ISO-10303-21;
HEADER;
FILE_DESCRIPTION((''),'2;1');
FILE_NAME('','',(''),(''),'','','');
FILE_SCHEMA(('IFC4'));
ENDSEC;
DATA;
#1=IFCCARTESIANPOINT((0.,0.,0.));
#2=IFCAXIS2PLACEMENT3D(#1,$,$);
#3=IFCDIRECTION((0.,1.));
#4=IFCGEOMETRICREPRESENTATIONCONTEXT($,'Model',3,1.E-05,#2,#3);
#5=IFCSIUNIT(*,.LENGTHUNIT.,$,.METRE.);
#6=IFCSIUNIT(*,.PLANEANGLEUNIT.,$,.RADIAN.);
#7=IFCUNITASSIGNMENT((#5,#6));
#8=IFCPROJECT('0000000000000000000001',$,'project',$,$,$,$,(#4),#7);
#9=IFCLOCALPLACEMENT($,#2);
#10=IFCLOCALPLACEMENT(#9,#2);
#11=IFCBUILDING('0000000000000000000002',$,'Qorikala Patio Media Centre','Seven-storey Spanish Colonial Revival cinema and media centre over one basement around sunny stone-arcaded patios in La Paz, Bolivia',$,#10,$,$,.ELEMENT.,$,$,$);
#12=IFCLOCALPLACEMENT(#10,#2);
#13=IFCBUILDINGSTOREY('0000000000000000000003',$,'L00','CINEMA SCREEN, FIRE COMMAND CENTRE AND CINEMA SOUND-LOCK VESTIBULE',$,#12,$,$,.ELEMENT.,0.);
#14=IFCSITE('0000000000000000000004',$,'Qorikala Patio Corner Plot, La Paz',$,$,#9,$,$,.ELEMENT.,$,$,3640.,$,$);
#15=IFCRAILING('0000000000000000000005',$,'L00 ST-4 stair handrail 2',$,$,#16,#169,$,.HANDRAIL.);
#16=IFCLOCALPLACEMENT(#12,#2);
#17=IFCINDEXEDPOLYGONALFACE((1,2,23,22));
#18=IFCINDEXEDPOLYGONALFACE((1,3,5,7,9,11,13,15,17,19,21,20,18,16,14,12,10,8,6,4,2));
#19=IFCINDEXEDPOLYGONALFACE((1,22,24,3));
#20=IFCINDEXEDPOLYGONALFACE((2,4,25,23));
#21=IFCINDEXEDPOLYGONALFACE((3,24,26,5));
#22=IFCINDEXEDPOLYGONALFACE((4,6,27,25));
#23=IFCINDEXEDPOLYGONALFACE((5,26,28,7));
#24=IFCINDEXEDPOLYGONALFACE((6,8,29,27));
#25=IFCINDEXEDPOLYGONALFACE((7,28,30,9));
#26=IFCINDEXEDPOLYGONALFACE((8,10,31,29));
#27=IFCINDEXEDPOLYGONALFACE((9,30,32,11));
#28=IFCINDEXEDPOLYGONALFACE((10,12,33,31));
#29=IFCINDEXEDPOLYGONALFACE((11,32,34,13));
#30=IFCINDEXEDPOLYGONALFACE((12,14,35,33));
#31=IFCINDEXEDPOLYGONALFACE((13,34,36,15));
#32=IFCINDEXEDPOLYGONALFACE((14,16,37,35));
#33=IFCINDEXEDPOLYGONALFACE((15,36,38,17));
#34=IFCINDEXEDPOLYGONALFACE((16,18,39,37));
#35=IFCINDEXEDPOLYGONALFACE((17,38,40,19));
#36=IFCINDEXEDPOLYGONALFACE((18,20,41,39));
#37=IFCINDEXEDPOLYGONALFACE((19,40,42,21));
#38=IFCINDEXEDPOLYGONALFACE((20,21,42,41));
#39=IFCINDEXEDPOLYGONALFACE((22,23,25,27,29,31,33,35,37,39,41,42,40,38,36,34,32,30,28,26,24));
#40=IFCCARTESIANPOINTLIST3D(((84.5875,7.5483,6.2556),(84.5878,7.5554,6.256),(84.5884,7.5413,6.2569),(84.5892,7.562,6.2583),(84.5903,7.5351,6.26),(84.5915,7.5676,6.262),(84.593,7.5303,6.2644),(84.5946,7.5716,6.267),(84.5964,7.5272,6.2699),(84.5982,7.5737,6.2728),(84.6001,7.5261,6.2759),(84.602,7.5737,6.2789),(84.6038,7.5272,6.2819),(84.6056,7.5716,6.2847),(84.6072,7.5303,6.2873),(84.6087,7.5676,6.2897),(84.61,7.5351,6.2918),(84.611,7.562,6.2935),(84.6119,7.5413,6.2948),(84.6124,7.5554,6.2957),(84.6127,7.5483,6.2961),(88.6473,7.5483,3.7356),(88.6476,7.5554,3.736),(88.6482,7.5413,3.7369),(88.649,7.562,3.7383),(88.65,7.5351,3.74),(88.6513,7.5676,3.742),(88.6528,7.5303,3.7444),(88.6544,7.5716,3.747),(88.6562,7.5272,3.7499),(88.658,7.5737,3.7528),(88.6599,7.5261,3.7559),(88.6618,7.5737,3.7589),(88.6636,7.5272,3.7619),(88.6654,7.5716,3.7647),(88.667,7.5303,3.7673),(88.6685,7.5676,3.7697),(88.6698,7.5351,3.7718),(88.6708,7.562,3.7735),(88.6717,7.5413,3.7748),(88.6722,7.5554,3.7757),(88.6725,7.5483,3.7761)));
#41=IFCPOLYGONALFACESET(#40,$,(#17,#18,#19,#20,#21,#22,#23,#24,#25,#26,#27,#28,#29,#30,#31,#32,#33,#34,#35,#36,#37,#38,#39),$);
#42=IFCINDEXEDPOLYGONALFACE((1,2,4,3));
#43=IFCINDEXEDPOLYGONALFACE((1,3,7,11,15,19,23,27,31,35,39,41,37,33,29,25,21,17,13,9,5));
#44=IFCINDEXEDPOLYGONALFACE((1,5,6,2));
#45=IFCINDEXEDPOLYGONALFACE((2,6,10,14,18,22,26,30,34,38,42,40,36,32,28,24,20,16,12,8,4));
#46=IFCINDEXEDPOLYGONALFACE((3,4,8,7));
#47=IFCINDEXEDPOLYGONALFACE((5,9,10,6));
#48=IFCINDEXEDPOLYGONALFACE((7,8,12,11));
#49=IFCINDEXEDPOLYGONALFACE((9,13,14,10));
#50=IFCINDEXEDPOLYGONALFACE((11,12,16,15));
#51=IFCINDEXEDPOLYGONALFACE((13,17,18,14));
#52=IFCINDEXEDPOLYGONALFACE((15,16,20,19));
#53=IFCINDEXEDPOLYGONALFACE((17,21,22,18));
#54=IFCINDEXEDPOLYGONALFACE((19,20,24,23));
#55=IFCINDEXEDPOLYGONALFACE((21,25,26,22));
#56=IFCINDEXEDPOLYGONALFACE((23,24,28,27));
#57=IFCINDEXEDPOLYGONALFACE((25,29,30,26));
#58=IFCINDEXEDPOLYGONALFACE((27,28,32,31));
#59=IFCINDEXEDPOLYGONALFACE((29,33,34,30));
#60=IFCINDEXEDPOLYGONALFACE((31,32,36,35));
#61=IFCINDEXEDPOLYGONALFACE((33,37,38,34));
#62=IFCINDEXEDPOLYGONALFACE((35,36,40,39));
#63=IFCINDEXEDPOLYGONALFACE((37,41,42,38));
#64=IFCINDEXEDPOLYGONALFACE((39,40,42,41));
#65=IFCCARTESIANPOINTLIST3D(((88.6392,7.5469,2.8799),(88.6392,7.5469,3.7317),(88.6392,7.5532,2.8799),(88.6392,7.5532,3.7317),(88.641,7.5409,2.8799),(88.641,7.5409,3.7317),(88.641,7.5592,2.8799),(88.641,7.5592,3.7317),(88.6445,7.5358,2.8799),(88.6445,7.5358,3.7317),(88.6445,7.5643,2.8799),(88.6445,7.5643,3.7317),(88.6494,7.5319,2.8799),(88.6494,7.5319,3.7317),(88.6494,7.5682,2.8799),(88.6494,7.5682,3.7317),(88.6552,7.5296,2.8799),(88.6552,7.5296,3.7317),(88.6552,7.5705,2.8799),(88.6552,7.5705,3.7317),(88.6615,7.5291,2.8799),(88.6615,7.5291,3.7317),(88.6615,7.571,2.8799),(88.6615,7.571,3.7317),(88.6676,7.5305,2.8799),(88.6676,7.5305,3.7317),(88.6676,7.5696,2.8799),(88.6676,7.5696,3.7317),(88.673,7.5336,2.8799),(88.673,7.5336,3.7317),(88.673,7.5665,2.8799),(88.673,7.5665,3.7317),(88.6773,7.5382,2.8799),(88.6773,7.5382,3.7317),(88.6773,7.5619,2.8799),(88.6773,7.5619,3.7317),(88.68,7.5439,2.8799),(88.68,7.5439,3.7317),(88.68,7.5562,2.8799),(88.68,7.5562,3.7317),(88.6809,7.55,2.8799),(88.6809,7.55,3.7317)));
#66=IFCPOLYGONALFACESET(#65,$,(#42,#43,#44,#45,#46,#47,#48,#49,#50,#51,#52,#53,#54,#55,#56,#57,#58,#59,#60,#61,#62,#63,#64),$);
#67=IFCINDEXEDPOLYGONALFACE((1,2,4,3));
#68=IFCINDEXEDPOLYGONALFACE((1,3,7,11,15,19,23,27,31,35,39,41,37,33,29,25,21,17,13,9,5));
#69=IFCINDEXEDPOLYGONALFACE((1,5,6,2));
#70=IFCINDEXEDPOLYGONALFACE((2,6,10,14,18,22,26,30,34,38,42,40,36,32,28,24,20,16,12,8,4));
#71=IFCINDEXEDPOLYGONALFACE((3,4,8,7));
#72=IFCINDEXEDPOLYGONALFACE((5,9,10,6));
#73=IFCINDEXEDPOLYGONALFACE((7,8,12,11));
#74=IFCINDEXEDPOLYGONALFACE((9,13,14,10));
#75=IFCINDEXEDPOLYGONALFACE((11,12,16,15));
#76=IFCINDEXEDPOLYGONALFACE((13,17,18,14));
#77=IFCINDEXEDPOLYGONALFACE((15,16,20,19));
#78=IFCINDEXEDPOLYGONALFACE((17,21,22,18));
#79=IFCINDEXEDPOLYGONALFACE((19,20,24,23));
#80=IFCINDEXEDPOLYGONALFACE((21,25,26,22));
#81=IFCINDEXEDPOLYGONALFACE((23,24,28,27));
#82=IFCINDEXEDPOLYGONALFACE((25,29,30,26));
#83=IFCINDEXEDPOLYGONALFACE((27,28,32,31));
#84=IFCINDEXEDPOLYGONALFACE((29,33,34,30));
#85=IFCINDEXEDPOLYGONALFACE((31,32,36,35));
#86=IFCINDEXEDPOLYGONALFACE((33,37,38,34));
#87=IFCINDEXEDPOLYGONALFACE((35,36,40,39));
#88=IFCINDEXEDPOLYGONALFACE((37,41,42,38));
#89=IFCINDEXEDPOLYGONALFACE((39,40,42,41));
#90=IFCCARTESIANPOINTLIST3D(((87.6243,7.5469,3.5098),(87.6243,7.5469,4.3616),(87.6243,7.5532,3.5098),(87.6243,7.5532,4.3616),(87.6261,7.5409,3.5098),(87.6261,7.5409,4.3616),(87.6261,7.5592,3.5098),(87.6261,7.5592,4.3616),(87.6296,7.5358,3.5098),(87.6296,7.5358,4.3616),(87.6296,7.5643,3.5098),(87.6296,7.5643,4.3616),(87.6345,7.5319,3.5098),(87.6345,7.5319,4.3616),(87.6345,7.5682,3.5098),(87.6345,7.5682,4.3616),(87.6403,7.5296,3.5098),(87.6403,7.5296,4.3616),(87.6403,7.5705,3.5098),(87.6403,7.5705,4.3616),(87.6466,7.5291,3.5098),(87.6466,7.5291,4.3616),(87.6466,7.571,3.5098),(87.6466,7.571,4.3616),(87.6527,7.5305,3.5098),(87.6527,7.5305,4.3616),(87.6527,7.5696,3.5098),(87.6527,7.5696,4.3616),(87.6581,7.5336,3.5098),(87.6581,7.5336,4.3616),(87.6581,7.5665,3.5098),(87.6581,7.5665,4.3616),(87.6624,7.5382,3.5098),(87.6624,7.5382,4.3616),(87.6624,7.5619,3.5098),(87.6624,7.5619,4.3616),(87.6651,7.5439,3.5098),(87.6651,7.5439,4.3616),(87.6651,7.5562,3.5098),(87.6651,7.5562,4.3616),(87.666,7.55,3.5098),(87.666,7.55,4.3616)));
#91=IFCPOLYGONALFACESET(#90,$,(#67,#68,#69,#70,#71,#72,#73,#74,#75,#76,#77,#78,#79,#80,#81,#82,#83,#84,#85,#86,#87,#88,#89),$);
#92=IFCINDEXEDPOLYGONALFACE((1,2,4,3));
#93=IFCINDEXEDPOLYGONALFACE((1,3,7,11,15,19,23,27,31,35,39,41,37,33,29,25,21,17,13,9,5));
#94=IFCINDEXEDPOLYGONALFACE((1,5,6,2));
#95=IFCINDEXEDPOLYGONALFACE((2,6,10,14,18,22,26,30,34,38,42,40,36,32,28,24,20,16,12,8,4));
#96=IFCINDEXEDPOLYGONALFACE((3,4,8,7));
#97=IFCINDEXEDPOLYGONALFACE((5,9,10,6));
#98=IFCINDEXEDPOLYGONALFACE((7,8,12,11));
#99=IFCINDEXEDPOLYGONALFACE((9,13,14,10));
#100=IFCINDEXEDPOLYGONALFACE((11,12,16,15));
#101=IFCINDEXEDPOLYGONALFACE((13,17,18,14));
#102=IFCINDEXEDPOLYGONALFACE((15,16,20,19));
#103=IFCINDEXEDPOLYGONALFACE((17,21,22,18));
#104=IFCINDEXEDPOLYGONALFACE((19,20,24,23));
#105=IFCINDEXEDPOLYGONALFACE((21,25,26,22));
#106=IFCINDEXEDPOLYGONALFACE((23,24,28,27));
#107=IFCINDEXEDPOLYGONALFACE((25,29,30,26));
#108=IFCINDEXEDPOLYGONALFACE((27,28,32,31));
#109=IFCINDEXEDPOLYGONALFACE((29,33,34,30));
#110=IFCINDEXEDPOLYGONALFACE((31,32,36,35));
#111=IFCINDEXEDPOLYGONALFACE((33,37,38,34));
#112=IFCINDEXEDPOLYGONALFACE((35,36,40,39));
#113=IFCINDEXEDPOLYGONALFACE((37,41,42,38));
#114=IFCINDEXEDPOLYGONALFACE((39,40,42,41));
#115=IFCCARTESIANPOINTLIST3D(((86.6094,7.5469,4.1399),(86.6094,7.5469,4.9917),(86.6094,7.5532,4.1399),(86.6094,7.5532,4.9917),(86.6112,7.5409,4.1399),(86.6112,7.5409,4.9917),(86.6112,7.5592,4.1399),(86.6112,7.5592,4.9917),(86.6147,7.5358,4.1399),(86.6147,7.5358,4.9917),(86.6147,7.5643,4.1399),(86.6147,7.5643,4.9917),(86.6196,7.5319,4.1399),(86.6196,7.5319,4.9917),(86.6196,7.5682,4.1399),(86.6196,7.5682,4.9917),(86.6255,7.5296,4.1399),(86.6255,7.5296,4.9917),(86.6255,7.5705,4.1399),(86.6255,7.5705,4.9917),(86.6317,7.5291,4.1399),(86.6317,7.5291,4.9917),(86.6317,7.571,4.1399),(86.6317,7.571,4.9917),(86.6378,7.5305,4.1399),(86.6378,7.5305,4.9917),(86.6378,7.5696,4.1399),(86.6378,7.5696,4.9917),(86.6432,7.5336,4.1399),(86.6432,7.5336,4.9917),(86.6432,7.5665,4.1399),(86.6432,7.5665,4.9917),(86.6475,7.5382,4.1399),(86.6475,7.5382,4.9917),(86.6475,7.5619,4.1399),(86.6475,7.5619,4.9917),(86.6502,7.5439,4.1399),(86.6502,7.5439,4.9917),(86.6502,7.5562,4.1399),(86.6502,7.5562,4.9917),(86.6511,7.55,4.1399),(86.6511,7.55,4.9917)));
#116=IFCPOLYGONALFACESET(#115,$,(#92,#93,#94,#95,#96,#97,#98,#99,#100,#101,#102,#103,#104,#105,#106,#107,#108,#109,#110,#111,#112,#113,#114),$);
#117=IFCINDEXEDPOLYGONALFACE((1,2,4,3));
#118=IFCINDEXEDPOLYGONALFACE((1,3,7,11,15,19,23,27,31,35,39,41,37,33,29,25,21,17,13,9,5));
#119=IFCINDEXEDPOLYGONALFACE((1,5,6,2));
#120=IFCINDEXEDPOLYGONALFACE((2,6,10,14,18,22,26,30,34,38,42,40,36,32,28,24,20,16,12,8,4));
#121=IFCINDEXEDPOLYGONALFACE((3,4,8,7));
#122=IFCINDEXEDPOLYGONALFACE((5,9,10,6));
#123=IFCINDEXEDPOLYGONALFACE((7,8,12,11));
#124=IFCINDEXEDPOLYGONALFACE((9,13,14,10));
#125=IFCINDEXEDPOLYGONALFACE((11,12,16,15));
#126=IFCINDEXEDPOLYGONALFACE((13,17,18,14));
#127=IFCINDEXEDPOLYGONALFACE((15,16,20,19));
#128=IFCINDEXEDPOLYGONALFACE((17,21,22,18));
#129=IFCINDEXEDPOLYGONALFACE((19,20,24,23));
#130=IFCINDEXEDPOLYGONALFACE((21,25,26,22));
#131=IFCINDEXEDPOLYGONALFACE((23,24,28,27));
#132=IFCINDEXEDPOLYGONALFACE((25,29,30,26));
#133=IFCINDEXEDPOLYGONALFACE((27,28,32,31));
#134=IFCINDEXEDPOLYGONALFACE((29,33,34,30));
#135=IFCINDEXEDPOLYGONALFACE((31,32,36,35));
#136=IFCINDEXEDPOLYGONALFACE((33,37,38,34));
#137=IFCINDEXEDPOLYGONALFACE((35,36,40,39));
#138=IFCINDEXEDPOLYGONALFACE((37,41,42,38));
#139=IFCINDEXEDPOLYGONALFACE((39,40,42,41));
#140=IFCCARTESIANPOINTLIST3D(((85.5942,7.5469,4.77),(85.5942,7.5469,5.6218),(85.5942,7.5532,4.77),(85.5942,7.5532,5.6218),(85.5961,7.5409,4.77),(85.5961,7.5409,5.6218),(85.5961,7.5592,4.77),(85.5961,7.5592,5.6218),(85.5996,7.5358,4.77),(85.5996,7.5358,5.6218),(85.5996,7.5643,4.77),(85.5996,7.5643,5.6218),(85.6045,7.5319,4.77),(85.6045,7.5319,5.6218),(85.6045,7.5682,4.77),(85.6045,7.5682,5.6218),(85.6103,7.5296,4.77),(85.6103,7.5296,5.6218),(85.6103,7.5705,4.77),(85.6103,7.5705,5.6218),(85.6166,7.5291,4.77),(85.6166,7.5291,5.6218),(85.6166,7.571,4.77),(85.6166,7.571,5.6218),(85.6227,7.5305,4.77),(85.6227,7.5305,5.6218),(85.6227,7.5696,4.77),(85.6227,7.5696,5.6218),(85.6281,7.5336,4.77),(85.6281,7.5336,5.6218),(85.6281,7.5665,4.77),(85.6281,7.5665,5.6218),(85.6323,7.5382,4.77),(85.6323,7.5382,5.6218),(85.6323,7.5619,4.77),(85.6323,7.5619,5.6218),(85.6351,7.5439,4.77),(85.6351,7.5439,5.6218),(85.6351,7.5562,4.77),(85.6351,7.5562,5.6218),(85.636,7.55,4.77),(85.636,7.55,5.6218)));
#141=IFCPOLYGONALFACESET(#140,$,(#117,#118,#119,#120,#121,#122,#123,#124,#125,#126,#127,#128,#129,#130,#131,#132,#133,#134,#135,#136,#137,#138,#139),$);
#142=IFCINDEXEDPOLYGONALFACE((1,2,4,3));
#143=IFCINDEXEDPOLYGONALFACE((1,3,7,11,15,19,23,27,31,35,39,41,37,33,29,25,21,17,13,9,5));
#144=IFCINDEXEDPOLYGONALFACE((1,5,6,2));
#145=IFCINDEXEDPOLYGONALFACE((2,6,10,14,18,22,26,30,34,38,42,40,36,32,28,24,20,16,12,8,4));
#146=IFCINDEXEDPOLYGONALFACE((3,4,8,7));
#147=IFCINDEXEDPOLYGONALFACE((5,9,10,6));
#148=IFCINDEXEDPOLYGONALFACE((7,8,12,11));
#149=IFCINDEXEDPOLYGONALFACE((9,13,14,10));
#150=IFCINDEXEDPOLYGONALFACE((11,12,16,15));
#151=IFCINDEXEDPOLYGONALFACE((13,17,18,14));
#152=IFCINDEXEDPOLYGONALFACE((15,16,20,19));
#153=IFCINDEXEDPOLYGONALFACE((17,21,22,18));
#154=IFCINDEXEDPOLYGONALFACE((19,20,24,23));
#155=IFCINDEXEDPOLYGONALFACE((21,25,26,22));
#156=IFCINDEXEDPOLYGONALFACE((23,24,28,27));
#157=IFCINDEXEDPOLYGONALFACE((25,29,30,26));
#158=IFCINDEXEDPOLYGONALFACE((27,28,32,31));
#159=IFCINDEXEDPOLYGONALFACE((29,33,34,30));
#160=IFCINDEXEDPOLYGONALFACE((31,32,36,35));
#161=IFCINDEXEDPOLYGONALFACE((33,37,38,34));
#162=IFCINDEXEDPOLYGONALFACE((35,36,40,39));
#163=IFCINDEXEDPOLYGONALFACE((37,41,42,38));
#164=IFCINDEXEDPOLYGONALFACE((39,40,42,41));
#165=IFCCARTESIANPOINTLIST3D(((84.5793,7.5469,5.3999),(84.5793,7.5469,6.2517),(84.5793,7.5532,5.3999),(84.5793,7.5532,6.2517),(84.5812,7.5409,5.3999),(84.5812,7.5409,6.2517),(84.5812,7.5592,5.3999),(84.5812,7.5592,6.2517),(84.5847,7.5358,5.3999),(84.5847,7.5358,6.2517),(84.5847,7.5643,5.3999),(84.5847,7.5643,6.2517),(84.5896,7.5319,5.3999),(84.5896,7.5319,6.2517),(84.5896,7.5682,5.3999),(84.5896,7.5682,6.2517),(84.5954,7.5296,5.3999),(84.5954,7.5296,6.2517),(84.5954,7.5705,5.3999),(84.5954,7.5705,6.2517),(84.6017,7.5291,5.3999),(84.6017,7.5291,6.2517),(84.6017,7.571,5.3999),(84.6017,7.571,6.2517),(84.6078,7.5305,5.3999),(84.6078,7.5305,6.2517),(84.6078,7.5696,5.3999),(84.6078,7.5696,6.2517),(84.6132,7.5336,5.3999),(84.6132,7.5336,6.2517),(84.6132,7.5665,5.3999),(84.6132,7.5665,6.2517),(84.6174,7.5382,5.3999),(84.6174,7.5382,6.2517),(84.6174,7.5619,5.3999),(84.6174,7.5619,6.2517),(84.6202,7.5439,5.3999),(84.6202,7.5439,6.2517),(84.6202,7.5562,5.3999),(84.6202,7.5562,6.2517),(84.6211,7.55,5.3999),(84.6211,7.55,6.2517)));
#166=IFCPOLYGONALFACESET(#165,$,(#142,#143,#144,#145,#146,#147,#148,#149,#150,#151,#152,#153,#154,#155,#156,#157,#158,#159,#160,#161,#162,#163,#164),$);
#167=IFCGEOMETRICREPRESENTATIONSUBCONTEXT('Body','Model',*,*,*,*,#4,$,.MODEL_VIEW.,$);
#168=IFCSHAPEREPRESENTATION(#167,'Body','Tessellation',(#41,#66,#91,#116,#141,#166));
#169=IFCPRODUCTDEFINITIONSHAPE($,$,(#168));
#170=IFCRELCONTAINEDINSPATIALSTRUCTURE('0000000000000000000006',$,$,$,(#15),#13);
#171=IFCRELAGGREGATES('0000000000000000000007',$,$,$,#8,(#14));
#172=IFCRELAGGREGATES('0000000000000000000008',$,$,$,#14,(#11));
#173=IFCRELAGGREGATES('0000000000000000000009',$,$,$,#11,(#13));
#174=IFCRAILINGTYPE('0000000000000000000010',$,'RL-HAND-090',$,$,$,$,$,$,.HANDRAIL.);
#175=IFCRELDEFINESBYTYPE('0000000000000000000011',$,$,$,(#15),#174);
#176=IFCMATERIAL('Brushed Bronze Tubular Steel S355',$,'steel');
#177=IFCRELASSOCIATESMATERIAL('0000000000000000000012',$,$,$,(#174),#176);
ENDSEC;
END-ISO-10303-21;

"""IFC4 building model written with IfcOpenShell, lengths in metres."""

from ifc_helpers import new_model, si_unit, direction, frame, origin, origin_2d, place, context, subcontext, project, spatial, circle, extrude, material, type_object, element, save


model = new_model("IFC4")

# Units and contexts
model_context = context("Model", 3, precision=1e-05, world=origin(), true_north=direction((0.0, 1.0)))
body_context = subcontext(model_context, "Body", "Model", "MODEL_VIEW")
ifc_project = project(units=[si_unit("LENGTHUNIT", "METRE"), si_unit("PLANEANGLEUNIT", "RADIAN")], contexts=[model_context])

# Site, building, storey
site_placement = place(None, origin())
site = spatial("IfcSite", under=ifc_project, at=site_placement, Name="Qorikala Patio Corner Plot, La Paz", CompositionType="ELEMENT", RefElevation=3640.0)
building_placement = place(site_placement, origin())
building = spatial("IfcBuilding", under=site, at=building_placement, Name="Qorikala Patio Media Centre", Description="Seven-storey Spanish Colonial Revival cinema and media centre over one basement around sunny stone-arcaded patios in La Paz, Bolivia", CompositionType="ELEMENT")
storey_placement = place(building_placement, origin())
storey = spatial("IfcBuildingStorey", under=building, at=storey_placement, Name="L00", Description="CINEMA SCREEN, FIRE COMMAND CENTRE AND CINEMA SOUND-LOCK VESTIBULE", CompositionType="ELEMENT", Elevation=0.0)

# Railing
ifc_material_1 = material(Name="Brushed Bronze Tubular Steel S355", Category="steel")
railing_type_1 = type_object("IfcRailingType", Name="RL-HAND-090", PredefinedType="HANDRAIL", material=ifc_material_1)
railing_1_placement = place(storey_placement, frame((88.6599, 7.55, 2.8799)))
element("IfcRailing", 1, at=railing_1_placement, inside=storey, type_object=railing_type_1, Name="L00 ST-4 stair handrail 2", PredefinedType="HANDRAIL", context=body_context, shape_type="SweptSolid", body=[
    extrude(circle(Radius=0.0239, at=origin_2d()), frame((0.0, 0.0, 0.876), z_axis=(-0.849628, 0.0, 0.527383), x_axis=(0.0, -1.0, 0.0)), (0.0, 0.0, 1.0), 4.7783),
    extrude(circle(Radius=0.021, at=origin_2d()), origin(), (0.0, 0.0, 1.0), 0.8518),
    extrude(circle(Radius=0.021, at=origin_2d()), frame((-1.0149, 0.0, 0.6299)), (0.0, 0.0, 1.0), 0.8518),
    extrude(circle(Radius=0.021, at=origin_2d()), frame((-2.0298, 0.0, 1.26)), (0.0, 0.0, 1.0), 0.8518),
    extrude(circle(Radius=0.021, at=origin_2d()), frame((-3.0449, 0.0, 1.8901)), (0.0, 0.0, 1.0), 0.8518),
    extrude(circle(Radius=0.021, at=origin_2d()), frame((-4.0598, 0.0, 2.52)), (0.0, 0.0, 1.0), 0.8518),
])

save(model, "model.ifc")
